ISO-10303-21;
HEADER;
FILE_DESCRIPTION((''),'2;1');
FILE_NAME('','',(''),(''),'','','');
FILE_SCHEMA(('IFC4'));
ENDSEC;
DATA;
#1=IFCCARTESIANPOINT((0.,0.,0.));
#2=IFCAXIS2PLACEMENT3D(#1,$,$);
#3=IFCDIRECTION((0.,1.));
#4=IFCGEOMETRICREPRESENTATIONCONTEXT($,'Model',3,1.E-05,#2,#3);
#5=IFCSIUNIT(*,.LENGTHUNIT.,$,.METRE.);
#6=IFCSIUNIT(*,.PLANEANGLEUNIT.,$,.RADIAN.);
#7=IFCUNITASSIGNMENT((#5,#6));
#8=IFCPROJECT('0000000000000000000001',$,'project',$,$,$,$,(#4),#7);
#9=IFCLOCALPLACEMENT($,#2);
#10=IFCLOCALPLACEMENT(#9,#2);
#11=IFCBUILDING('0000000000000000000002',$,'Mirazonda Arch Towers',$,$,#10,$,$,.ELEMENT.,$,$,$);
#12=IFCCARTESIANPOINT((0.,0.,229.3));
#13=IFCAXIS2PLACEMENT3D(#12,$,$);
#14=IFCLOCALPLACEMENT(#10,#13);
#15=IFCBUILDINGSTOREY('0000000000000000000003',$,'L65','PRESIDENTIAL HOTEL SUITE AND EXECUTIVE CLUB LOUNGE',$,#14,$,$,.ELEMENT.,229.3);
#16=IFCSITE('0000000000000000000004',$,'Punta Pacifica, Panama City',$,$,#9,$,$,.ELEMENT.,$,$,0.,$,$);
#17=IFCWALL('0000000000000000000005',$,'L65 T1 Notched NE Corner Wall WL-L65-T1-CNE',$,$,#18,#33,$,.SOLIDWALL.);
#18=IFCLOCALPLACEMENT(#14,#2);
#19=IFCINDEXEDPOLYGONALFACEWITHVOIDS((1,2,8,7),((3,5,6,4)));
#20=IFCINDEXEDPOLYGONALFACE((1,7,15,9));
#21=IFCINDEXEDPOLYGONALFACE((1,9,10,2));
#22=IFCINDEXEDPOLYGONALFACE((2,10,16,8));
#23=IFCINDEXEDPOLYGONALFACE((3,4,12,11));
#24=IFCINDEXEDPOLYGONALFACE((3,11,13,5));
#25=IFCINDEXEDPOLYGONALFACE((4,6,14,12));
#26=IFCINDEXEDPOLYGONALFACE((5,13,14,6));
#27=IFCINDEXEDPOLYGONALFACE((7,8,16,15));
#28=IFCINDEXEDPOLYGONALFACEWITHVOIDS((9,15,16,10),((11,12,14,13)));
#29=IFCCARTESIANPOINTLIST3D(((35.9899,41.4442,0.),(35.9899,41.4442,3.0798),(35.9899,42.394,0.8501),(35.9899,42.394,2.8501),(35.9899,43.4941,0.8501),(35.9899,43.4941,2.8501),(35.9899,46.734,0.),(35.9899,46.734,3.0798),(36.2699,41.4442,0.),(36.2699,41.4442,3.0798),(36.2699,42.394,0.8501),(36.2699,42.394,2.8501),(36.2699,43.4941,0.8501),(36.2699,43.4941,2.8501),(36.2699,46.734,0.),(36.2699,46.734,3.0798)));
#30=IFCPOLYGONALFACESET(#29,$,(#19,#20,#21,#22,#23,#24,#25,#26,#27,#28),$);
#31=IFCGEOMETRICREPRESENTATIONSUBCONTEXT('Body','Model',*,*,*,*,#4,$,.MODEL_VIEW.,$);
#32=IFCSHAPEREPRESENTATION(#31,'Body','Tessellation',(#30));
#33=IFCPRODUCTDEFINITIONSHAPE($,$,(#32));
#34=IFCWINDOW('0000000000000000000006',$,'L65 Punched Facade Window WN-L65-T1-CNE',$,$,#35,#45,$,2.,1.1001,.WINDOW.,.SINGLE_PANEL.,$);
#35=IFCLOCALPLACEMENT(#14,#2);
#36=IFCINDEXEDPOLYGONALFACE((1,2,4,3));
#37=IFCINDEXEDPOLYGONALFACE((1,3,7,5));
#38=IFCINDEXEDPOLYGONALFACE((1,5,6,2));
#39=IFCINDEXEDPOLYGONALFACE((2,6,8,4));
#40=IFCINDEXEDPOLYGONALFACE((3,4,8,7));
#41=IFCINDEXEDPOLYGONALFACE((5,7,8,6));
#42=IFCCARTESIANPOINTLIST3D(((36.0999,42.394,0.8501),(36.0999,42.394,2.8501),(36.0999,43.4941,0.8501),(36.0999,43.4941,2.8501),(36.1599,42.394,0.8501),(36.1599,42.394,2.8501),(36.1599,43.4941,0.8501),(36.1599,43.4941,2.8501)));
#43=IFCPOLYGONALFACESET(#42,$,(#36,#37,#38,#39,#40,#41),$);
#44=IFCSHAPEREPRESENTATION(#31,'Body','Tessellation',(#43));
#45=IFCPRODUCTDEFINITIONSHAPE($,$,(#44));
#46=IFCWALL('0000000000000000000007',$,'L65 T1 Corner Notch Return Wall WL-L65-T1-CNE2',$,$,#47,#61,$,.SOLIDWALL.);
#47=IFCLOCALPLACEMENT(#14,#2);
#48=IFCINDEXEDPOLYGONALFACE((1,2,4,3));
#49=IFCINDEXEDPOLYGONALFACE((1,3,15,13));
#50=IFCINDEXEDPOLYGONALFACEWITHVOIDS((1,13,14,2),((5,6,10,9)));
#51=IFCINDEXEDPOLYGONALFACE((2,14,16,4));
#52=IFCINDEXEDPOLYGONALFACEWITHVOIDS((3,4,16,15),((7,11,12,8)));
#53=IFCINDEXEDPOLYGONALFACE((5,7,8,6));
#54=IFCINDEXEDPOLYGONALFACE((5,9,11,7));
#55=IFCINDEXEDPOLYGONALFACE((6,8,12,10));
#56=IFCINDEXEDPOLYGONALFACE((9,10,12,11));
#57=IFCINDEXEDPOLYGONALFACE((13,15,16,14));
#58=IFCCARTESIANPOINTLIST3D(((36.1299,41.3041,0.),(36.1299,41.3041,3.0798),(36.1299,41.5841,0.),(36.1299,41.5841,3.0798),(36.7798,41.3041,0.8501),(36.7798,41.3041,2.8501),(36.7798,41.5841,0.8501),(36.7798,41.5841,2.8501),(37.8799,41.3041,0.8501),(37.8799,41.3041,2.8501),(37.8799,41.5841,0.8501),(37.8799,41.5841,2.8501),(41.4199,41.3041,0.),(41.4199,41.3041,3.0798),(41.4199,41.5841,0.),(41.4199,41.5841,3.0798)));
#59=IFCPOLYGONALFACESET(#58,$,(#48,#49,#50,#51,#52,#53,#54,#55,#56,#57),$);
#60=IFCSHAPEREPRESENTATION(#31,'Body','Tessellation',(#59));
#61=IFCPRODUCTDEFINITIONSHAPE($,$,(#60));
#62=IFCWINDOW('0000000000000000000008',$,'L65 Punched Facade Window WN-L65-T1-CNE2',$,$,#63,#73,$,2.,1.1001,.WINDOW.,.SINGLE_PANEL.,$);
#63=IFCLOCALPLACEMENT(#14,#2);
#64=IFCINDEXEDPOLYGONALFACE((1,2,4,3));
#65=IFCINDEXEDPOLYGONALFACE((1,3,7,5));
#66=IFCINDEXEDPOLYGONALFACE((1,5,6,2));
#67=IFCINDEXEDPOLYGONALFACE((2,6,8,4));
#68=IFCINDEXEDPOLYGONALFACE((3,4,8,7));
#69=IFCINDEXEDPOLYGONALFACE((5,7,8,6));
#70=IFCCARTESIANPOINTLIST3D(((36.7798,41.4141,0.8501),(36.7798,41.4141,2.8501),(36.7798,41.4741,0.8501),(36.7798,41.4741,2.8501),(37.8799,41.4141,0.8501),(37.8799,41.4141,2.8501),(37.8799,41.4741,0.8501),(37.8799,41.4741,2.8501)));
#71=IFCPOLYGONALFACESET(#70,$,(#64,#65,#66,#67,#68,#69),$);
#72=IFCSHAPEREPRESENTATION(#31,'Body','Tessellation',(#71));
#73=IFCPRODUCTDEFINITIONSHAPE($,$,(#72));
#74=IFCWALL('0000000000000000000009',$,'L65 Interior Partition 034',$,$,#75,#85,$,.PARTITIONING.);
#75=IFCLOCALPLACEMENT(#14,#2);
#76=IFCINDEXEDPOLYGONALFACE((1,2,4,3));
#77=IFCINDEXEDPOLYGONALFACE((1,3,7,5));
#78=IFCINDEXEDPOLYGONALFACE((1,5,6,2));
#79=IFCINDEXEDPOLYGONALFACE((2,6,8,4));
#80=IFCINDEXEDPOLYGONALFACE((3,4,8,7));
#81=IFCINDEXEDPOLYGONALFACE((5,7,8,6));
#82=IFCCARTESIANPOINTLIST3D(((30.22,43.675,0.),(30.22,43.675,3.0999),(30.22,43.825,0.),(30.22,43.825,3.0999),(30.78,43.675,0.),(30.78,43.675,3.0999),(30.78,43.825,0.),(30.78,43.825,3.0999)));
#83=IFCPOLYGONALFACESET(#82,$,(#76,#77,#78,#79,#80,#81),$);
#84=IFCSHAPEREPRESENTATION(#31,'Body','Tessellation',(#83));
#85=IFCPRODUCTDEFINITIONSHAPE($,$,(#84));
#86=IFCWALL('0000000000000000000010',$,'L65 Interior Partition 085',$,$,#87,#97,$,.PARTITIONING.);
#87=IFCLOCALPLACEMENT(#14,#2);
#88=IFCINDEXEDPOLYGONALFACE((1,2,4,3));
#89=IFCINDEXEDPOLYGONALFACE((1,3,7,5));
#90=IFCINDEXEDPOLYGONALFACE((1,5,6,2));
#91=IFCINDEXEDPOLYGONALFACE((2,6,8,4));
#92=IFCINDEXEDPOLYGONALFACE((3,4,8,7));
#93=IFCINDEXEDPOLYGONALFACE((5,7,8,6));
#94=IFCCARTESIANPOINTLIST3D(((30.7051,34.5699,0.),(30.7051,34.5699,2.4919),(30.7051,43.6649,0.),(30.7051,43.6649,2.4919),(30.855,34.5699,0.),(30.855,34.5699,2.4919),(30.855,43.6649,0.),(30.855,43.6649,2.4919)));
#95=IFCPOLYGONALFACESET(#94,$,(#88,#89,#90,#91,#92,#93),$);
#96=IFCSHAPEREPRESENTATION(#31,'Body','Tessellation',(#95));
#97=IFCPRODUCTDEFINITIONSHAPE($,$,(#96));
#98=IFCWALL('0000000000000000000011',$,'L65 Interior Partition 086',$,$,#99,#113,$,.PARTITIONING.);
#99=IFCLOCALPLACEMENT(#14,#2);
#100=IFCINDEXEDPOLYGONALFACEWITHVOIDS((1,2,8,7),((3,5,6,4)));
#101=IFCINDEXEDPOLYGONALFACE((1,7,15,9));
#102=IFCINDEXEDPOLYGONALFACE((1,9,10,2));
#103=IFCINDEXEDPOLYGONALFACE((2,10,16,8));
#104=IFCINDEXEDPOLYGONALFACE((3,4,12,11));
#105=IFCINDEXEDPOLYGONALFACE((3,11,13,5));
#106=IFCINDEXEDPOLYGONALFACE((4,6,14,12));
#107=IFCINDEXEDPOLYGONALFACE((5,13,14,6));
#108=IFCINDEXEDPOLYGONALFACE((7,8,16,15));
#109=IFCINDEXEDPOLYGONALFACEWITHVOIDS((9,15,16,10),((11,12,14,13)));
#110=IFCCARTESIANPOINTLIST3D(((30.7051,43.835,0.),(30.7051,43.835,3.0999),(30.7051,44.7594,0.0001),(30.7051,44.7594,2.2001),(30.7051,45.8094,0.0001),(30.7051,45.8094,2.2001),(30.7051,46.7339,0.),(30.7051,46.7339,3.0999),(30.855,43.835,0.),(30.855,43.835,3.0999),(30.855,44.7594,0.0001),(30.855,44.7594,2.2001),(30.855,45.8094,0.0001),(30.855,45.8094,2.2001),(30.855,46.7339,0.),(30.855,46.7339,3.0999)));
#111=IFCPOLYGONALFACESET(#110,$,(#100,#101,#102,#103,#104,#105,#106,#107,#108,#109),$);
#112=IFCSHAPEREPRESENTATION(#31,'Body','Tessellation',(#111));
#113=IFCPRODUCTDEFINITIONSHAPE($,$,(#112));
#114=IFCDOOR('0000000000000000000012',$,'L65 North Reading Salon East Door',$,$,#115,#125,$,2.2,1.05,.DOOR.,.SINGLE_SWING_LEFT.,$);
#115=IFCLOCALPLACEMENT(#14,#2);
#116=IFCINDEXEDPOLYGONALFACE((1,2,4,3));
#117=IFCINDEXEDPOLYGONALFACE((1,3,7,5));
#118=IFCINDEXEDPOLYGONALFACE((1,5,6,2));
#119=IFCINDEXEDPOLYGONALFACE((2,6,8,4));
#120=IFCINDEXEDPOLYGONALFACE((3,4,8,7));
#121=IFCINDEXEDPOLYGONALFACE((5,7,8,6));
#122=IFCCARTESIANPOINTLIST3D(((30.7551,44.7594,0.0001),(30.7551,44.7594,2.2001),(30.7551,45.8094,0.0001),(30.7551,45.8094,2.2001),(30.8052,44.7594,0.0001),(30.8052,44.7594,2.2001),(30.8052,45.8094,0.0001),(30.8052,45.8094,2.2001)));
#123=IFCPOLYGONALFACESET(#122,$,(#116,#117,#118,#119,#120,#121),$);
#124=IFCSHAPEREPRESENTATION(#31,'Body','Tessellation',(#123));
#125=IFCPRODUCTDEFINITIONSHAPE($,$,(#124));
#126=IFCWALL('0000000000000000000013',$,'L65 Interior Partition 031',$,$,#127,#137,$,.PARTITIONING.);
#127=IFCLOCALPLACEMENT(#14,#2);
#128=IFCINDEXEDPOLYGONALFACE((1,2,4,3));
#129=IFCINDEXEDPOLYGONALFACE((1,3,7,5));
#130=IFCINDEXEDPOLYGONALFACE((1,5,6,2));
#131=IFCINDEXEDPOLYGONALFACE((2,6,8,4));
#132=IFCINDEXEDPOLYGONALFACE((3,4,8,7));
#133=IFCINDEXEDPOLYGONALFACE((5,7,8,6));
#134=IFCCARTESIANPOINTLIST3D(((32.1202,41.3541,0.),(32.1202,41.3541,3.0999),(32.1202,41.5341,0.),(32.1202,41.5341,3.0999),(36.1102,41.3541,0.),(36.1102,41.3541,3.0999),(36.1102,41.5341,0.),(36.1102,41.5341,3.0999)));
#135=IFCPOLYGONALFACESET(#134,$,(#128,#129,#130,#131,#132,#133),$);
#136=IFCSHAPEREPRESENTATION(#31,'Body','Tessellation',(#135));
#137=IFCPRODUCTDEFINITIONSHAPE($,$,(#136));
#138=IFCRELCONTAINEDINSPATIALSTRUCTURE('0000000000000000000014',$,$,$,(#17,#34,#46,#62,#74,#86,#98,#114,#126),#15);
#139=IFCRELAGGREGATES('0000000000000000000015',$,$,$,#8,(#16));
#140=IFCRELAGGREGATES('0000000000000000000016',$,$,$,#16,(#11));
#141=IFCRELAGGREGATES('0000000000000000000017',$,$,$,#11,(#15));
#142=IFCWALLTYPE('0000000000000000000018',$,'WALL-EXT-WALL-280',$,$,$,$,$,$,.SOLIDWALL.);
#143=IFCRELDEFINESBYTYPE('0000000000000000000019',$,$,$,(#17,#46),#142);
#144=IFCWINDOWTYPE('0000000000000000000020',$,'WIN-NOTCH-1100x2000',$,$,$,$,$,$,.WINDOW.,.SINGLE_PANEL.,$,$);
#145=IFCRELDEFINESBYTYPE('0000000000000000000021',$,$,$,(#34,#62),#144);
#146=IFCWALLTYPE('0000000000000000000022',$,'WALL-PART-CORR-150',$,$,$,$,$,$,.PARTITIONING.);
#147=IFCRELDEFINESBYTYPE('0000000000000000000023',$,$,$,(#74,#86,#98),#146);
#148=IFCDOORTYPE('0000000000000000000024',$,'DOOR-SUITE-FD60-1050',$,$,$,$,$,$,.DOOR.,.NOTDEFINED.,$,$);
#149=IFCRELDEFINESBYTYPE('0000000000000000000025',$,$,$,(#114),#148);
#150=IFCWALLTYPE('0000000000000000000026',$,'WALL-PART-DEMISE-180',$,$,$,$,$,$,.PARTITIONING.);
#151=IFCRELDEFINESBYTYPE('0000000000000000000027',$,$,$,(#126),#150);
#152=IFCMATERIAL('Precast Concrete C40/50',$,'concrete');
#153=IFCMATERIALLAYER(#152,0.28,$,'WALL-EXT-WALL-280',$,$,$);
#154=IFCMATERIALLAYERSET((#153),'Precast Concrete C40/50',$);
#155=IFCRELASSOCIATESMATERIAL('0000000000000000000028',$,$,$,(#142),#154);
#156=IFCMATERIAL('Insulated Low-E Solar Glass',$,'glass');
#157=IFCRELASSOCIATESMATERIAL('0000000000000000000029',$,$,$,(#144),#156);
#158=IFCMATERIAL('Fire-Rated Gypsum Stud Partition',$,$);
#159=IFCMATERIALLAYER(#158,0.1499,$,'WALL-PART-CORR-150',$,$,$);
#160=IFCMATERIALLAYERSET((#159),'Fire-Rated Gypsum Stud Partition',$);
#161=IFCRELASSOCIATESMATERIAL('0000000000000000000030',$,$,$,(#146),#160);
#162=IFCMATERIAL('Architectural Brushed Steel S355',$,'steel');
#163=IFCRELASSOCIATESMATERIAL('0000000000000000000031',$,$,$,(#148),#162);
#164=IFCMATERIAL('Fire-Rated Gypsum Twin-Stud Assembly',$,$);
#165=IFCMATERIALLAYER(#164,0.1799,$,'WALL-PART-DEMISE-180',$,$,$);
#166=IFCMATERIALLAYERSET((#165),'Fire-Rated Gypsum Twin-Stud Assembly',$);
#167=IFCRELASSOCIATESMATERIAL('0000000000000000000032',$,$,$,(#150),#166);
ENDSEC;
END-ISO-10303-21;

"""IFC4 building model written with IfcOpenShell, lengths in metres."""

from ifc_helpers import new_model, si_unit, direction, frame, frame_2d, origin, place, context, subcontext, project, spatial, rectangle, extrude, material, layer, layer_set, type_object, element, fill, save


model = new_model("IFC4")

# Units and contexts
model_context = context("Model", 3, precision=1e-05, world=origin(), true_north=direction((0.0, 1.0)))
body_context = subcontext(model_context, "Body", "Model", "MODEL_VIEW")
ifc_project = project(units=[si_unit("LENGTHUNIT", "METRE"), si_unit("PLANEANGLEUNIT", "RADIAN")], contexts=[model_context])

# Site, building, storey
site_placement = place(None, origin())
site = spatial("IfcSite", under=ifc_project, at=site_placement, Name="Punta Pacifica, Panama City", CompositionType="ELEMENT", RefElevation=0.0)
building_placement = place(site_placement, origin())
building = spatial("IfcBuilding", under=site, at=building_placement, Name="Mirazonda Arch Towers", CompositionType="ELEMENT")
storey_placement = place(building_placement, frame((0.0, 0.0, 229.3)))
storey = spatial("IfcBuildingStorey", under=building, at=storey_placement, Name="L65", Description="PRESIDENTIAL HOTEL SUITE AND EXECUTIVE CLUB LOUNGE", CompositionType="ELEMENT", Elevation=229.3)

# Shared definitions
ifc_material_1 = material(Name="Insulated Low-E Solar Glass", Category="glass")

# Walls, openings, windows
ifc_material_2 = material(Name="Precast Concrete C40/50", Category="concrete")
ifc_layer_1 = layer(ifc_material_2, 0.28, Name="WALL-EXT-WALL-280")
ifc_layer_set_1 = layer_set([ifc_layer_1], Name="Precast Concrete C40/50")
wall_type_1 = type_object("IfcWallType", Name="WALL-EXT-WALL-280", PredefinedType="SOLIDWALL", material=ifc_layer_set_1)
wall_1_placement = place(storey_placement, frame((36.1299, 41.4441, 0.0), z_axis=(0.0, 0.0, 1.0), x_axis=(0.0, 1.0, 0.0)))
wall_1 = element("IfcWall", 1, at=wall_1_placement, inside=storey, type_object=wall_type_1, Name="L65 T1 Notched NE Corner Wall WL-L65-T1-CNE", PredefinedType="SOLIDWALL", context=body_context, shape_type="SweptSolid", body=[
    extrude(rectangle(XDim=5.2898, YDim=0.28, at=frame_2d((2.645, 0.0))), origin(), (0.0, 0.0, 1.0), 3.0798),
])
opening_1_placement = place(wall_1_placement, frame((0.95, 0.0, 0.8501)))
opening_1 = element("IfcOpeningElement", 2, at=opening_1_placement, cuts=wall_1, PredefinedType="OPENING", context=body_context, shape_type="SweptSolid", body=[
    extrude(rectangle(XDim=1.1001, YDim=2.0, at=frame_2d((0.55, 1.0))), frame((0.0, 0.1499, 0.0), z_axis=(0.0, -1.0, 0.0), x_axis=(1.0, 0.0, 0.0)), (0.0, 0.0, 1.0), 0.3),
])
window_type = type_object("IfcWindowType", Name="WIN-NOTCH-1100x2000", PartitioningType="SINGLE_PANEL", PredefinedType="WINDOW", material=ifc_material_1)
window_1_placement = place(opening_1_placement, origin())
window_1 = element("IfcWindow", 3, at=window_1_placement, inside=storey, type_object=window_type, Name="L65 Punched Facade Window WN-L65-T1-CNE", OverallHeight=2.0, OverallWidth=1.1001, PartitioningType="SINGLE_PANEL", PredefinedType="WINDOW", context=body_context, shape_type="SweptSolid", body=[
    extrude(rectangle(XDim=1.1001, YDim=2.0, at=frame_2d((0.55, 1.0))), frame((0.0, 0.03, 0.0), z_axis=(0.0, -1.0, 0.0), x_axis=(1.0, 0.0, 0.0)), (0.0, 0.0, 1.0), 0.0601),
])
fill(opening_1, window_1)
wall_2_placement = place(storey_placement, frame((41.4199, 41.4441, 0.0), z_axis=(0.0, 0.0, 1.0), x_axis=(-1.0, 0.0, 0.0)))
wall_2 = element("IfcWall", 4, at=wall_2_placement, inside=storey, type_object=wall_type_1, Name="L65 T1 Corner Notch Return Wall WL-L65-T1-CNE2", PredefinedType="SOLIDWALL", context=body_context, shape_type="SweptSolid", body=[
    extrude(rectangle(XDim=5.29, YDim=0.28, at=frame_2d((2.645, 0.0))), origin(), (0.0, 0.0, 1.0), 3.0798),
])
opening_2_placement = place(wall_2_placement, frame((3.54, 0.0, 0.8501)))
opening_2 = element("IfcOpeningElement", 5, at=opening_2_placement, cuts=wall_2, PredefinedType="OPENING", context=body_context, shape_type="SweptSolid", body=[
    extrude(rectangle(XDim=1.1001, YDim=2.0, at=frame_2d((0.55, 1.0))), frame((0.0, 0.1499, 0.0), z_axis=(0.0, -1.0, 0.0), x_axis=(1.0, 0.0, 0.0)), (0.0, 0.0, 1.0), 0.3),
])
window_2_placement = place(opening_2_placement, origin())
window_2 = element("IfcWindow", 6, at=window_2_placement, inside=storey, type_object=window_type, Name="L65 Punched Facade Window WN-L65-T1-CNE2", OverallHeight=2.0, OverallWidth=1.1001, PartitioningType="SINGLE_PANEL", PredefinedType="WINDOW", context=body_context, shape_type="SweptSolid", body=[
    extrude(rectangle(XDim=1.1001, YDim=2.0, at=frame_2d((0.55, 1.0))), frame((0.0, 0.03, 0.0), z_axis=(0.0, -1.0, 0.0), x_axis=(1.0, 0.0, 0.0)), (0.0, 0.0, 1.0), 0.0601),
])
fill(opening_2, window_2)

# Walls
ifc_material_3 = material(Name="Fire-Rated Gypsum Stud Partition")
ifc_layer_2 = layer(ifc_material_3, 0.1499, Name="WALL-PART-CORR-150")
ifc_layer_set_2 = layer_set([ifc_layer_2], Name="Fire-Rated Gypsum Stud Partition")
wall_type_2 = type_object("IfcWallType", Name="WALL-PART-CORR-150", PredefinedType="PARTITIONING", material=ifc_layer_set_2)
wall_3_placement = place(storey_placement, frame((30.22, 43.75, 0.0), z_axis=(0.0, 0.0, 1.0), x_axis=(1.0, 0.0, 0.0)))
element("IfcWall", 7, at=wall_3_placement, inside=storey, type_object=wall_type_2, Name="L65 Interior Partition 034", PredefinedType="PARTITIONING", context=body_context, shape_type="SweptSolid", body=[
    extrude(rectangle(XDim=0.5601, YDim=0.1499, at=frame_2d((0.28, 0.0))), origin(), (0.0, 0.0, 1.0), 3.0999),
])
wall_4_placement = place(storey_placement, frame((30.78, 34.5701, 0.0), z_axis=(0.0, 0.0, 1.0), x_axis=(0.0, 1.0, 0.0)))
element("IfcWall", 8, at=wall_4_placement, inside=storey, type_object=wall_type_2, Name="L65 Interior Partition 085", PredefinedType="PARTITIONING", context=body_context, shape_type="SweptSolid", body=[
    extrude(rectangle(XDim=9.095, YDim=0.1499, at=frame_2d((4.5474, 0.0))), origin(), (0.0, 0.0, 1.0), 2.4919),
])

# Wall, opening, door
wall_5_placement = place(storey_placement, frame((30.78, 43.835, 0.0), z_axis=(0.0, 0.0, 1.0), x_axis=(0.0, 1.0, 0.0)))
wall_5 = element("IfcWall", 9, at=wall_5_placement, inside=storey, type_object=wall_type_2, Name="L65 Interior Partition 086", PredefinedType="PARTITIONING", context=body_context, shape_type="SweptSolid", body=[
    extrude(rectangle(XDim=2.8989, YDim=0.1499, at=frame_2d((1.4495, 0.0))), origin(), (0.0, 0.0, 1.0), 3.0999),
])
opening_3_placement = place(wall_5_placement, frame((0.9246, 0.0, 0.0)))
opening_3 = element("IfcOpeningElement", 10, at=opening_3_placement, cuts=wall_5, PredefinedType="OPENING", context=body_context, shape_type="SweptSolid", body=[
    extrude(rectangle(XDim=1.05, YDim=2.2, at=frame_2d((0.5249, 1.1001))), frame((0.0, 0.085, 0.0), z_axis=(0.0, -1.0, 0.0), x_axis=(1.0, 0.0, 0.0)), (0.0, 0.0, 1.0), 0.1699),
])
ifc_material_4 = material(Name="Architectural Brushed Steel S355", Category="steel")
door_type_1 = type_object("IfcDoorType", Name="DOOR-SUITE-FD60-1050", OperationType="NOTDEFINED", PredefinedType="DOOR", material=ifc_material_4)
door_1_placement = place(opening_3_placement, origin())
door_1 = element("IfcDoor", 11, at=door_1_placement, inside=storey, type_object=door_type_1, Name="L65 North Reading Salon East Door", OperationType="SINGLE_SWING_LEFT", OverallHeight=2.2, OverallWidth=1.05, PredefinedType="DOOR", context=body_context, shape_type="SweptSolid", body=[
    extrude(rectangle(XDim=1.05, YDim=2.2, at=frame_2d((0.5249, 1.1001))), frame((0.0, 0.0249, 0.0), z_axis=(0.0, -1.0, 0.0), x_axis=(1.0, 0.0, 0.0)), (0.0, 0.0, 1.0), 0.05),
])
fill(opening_3, door_1)

# Wall
ifc_material_5 = material(Name="Fire-Rated Gypsum Twin-Stud Assembly")
ifc_layer_3 = layer(ifc_material_5, 0.1799, Name="WALL-PART-DEMISE-180")
ifc_layer_set_3 = layer_set([ifc_layer_3], Name="Fire-Rated Gypsum Twin-Stud Assembly")
wall_type_3 = type_object("IfcWallType", Name="WALL-PART-DEMISE-180", PredefinedType="PARTITIONING", material=ifc_layer_set_3)
wall_6_placement = place(storey_placement, frame((32.1201, 41.4441, 0.0), z_axis=(0.0, 0.0, 1.0), x_axis=(1.0, 0.0, 0.0)))
element("IfcWall", 12, at=wall_6_placement, inside=storey, type_object=wall_type_3, Name="L65 Interior Partition 031", PredefinedType="PARTITIONING", context=body_context, shape_type="SweptSolid", body=[
    extrude(rectangle(XDim=3.99, YDim=0.1799, at=frame_2d((1.9951, 0.0))), origin(), (0.0, 0.0, 1.0), 3.0999),
])

save(model, "model.ifc")
